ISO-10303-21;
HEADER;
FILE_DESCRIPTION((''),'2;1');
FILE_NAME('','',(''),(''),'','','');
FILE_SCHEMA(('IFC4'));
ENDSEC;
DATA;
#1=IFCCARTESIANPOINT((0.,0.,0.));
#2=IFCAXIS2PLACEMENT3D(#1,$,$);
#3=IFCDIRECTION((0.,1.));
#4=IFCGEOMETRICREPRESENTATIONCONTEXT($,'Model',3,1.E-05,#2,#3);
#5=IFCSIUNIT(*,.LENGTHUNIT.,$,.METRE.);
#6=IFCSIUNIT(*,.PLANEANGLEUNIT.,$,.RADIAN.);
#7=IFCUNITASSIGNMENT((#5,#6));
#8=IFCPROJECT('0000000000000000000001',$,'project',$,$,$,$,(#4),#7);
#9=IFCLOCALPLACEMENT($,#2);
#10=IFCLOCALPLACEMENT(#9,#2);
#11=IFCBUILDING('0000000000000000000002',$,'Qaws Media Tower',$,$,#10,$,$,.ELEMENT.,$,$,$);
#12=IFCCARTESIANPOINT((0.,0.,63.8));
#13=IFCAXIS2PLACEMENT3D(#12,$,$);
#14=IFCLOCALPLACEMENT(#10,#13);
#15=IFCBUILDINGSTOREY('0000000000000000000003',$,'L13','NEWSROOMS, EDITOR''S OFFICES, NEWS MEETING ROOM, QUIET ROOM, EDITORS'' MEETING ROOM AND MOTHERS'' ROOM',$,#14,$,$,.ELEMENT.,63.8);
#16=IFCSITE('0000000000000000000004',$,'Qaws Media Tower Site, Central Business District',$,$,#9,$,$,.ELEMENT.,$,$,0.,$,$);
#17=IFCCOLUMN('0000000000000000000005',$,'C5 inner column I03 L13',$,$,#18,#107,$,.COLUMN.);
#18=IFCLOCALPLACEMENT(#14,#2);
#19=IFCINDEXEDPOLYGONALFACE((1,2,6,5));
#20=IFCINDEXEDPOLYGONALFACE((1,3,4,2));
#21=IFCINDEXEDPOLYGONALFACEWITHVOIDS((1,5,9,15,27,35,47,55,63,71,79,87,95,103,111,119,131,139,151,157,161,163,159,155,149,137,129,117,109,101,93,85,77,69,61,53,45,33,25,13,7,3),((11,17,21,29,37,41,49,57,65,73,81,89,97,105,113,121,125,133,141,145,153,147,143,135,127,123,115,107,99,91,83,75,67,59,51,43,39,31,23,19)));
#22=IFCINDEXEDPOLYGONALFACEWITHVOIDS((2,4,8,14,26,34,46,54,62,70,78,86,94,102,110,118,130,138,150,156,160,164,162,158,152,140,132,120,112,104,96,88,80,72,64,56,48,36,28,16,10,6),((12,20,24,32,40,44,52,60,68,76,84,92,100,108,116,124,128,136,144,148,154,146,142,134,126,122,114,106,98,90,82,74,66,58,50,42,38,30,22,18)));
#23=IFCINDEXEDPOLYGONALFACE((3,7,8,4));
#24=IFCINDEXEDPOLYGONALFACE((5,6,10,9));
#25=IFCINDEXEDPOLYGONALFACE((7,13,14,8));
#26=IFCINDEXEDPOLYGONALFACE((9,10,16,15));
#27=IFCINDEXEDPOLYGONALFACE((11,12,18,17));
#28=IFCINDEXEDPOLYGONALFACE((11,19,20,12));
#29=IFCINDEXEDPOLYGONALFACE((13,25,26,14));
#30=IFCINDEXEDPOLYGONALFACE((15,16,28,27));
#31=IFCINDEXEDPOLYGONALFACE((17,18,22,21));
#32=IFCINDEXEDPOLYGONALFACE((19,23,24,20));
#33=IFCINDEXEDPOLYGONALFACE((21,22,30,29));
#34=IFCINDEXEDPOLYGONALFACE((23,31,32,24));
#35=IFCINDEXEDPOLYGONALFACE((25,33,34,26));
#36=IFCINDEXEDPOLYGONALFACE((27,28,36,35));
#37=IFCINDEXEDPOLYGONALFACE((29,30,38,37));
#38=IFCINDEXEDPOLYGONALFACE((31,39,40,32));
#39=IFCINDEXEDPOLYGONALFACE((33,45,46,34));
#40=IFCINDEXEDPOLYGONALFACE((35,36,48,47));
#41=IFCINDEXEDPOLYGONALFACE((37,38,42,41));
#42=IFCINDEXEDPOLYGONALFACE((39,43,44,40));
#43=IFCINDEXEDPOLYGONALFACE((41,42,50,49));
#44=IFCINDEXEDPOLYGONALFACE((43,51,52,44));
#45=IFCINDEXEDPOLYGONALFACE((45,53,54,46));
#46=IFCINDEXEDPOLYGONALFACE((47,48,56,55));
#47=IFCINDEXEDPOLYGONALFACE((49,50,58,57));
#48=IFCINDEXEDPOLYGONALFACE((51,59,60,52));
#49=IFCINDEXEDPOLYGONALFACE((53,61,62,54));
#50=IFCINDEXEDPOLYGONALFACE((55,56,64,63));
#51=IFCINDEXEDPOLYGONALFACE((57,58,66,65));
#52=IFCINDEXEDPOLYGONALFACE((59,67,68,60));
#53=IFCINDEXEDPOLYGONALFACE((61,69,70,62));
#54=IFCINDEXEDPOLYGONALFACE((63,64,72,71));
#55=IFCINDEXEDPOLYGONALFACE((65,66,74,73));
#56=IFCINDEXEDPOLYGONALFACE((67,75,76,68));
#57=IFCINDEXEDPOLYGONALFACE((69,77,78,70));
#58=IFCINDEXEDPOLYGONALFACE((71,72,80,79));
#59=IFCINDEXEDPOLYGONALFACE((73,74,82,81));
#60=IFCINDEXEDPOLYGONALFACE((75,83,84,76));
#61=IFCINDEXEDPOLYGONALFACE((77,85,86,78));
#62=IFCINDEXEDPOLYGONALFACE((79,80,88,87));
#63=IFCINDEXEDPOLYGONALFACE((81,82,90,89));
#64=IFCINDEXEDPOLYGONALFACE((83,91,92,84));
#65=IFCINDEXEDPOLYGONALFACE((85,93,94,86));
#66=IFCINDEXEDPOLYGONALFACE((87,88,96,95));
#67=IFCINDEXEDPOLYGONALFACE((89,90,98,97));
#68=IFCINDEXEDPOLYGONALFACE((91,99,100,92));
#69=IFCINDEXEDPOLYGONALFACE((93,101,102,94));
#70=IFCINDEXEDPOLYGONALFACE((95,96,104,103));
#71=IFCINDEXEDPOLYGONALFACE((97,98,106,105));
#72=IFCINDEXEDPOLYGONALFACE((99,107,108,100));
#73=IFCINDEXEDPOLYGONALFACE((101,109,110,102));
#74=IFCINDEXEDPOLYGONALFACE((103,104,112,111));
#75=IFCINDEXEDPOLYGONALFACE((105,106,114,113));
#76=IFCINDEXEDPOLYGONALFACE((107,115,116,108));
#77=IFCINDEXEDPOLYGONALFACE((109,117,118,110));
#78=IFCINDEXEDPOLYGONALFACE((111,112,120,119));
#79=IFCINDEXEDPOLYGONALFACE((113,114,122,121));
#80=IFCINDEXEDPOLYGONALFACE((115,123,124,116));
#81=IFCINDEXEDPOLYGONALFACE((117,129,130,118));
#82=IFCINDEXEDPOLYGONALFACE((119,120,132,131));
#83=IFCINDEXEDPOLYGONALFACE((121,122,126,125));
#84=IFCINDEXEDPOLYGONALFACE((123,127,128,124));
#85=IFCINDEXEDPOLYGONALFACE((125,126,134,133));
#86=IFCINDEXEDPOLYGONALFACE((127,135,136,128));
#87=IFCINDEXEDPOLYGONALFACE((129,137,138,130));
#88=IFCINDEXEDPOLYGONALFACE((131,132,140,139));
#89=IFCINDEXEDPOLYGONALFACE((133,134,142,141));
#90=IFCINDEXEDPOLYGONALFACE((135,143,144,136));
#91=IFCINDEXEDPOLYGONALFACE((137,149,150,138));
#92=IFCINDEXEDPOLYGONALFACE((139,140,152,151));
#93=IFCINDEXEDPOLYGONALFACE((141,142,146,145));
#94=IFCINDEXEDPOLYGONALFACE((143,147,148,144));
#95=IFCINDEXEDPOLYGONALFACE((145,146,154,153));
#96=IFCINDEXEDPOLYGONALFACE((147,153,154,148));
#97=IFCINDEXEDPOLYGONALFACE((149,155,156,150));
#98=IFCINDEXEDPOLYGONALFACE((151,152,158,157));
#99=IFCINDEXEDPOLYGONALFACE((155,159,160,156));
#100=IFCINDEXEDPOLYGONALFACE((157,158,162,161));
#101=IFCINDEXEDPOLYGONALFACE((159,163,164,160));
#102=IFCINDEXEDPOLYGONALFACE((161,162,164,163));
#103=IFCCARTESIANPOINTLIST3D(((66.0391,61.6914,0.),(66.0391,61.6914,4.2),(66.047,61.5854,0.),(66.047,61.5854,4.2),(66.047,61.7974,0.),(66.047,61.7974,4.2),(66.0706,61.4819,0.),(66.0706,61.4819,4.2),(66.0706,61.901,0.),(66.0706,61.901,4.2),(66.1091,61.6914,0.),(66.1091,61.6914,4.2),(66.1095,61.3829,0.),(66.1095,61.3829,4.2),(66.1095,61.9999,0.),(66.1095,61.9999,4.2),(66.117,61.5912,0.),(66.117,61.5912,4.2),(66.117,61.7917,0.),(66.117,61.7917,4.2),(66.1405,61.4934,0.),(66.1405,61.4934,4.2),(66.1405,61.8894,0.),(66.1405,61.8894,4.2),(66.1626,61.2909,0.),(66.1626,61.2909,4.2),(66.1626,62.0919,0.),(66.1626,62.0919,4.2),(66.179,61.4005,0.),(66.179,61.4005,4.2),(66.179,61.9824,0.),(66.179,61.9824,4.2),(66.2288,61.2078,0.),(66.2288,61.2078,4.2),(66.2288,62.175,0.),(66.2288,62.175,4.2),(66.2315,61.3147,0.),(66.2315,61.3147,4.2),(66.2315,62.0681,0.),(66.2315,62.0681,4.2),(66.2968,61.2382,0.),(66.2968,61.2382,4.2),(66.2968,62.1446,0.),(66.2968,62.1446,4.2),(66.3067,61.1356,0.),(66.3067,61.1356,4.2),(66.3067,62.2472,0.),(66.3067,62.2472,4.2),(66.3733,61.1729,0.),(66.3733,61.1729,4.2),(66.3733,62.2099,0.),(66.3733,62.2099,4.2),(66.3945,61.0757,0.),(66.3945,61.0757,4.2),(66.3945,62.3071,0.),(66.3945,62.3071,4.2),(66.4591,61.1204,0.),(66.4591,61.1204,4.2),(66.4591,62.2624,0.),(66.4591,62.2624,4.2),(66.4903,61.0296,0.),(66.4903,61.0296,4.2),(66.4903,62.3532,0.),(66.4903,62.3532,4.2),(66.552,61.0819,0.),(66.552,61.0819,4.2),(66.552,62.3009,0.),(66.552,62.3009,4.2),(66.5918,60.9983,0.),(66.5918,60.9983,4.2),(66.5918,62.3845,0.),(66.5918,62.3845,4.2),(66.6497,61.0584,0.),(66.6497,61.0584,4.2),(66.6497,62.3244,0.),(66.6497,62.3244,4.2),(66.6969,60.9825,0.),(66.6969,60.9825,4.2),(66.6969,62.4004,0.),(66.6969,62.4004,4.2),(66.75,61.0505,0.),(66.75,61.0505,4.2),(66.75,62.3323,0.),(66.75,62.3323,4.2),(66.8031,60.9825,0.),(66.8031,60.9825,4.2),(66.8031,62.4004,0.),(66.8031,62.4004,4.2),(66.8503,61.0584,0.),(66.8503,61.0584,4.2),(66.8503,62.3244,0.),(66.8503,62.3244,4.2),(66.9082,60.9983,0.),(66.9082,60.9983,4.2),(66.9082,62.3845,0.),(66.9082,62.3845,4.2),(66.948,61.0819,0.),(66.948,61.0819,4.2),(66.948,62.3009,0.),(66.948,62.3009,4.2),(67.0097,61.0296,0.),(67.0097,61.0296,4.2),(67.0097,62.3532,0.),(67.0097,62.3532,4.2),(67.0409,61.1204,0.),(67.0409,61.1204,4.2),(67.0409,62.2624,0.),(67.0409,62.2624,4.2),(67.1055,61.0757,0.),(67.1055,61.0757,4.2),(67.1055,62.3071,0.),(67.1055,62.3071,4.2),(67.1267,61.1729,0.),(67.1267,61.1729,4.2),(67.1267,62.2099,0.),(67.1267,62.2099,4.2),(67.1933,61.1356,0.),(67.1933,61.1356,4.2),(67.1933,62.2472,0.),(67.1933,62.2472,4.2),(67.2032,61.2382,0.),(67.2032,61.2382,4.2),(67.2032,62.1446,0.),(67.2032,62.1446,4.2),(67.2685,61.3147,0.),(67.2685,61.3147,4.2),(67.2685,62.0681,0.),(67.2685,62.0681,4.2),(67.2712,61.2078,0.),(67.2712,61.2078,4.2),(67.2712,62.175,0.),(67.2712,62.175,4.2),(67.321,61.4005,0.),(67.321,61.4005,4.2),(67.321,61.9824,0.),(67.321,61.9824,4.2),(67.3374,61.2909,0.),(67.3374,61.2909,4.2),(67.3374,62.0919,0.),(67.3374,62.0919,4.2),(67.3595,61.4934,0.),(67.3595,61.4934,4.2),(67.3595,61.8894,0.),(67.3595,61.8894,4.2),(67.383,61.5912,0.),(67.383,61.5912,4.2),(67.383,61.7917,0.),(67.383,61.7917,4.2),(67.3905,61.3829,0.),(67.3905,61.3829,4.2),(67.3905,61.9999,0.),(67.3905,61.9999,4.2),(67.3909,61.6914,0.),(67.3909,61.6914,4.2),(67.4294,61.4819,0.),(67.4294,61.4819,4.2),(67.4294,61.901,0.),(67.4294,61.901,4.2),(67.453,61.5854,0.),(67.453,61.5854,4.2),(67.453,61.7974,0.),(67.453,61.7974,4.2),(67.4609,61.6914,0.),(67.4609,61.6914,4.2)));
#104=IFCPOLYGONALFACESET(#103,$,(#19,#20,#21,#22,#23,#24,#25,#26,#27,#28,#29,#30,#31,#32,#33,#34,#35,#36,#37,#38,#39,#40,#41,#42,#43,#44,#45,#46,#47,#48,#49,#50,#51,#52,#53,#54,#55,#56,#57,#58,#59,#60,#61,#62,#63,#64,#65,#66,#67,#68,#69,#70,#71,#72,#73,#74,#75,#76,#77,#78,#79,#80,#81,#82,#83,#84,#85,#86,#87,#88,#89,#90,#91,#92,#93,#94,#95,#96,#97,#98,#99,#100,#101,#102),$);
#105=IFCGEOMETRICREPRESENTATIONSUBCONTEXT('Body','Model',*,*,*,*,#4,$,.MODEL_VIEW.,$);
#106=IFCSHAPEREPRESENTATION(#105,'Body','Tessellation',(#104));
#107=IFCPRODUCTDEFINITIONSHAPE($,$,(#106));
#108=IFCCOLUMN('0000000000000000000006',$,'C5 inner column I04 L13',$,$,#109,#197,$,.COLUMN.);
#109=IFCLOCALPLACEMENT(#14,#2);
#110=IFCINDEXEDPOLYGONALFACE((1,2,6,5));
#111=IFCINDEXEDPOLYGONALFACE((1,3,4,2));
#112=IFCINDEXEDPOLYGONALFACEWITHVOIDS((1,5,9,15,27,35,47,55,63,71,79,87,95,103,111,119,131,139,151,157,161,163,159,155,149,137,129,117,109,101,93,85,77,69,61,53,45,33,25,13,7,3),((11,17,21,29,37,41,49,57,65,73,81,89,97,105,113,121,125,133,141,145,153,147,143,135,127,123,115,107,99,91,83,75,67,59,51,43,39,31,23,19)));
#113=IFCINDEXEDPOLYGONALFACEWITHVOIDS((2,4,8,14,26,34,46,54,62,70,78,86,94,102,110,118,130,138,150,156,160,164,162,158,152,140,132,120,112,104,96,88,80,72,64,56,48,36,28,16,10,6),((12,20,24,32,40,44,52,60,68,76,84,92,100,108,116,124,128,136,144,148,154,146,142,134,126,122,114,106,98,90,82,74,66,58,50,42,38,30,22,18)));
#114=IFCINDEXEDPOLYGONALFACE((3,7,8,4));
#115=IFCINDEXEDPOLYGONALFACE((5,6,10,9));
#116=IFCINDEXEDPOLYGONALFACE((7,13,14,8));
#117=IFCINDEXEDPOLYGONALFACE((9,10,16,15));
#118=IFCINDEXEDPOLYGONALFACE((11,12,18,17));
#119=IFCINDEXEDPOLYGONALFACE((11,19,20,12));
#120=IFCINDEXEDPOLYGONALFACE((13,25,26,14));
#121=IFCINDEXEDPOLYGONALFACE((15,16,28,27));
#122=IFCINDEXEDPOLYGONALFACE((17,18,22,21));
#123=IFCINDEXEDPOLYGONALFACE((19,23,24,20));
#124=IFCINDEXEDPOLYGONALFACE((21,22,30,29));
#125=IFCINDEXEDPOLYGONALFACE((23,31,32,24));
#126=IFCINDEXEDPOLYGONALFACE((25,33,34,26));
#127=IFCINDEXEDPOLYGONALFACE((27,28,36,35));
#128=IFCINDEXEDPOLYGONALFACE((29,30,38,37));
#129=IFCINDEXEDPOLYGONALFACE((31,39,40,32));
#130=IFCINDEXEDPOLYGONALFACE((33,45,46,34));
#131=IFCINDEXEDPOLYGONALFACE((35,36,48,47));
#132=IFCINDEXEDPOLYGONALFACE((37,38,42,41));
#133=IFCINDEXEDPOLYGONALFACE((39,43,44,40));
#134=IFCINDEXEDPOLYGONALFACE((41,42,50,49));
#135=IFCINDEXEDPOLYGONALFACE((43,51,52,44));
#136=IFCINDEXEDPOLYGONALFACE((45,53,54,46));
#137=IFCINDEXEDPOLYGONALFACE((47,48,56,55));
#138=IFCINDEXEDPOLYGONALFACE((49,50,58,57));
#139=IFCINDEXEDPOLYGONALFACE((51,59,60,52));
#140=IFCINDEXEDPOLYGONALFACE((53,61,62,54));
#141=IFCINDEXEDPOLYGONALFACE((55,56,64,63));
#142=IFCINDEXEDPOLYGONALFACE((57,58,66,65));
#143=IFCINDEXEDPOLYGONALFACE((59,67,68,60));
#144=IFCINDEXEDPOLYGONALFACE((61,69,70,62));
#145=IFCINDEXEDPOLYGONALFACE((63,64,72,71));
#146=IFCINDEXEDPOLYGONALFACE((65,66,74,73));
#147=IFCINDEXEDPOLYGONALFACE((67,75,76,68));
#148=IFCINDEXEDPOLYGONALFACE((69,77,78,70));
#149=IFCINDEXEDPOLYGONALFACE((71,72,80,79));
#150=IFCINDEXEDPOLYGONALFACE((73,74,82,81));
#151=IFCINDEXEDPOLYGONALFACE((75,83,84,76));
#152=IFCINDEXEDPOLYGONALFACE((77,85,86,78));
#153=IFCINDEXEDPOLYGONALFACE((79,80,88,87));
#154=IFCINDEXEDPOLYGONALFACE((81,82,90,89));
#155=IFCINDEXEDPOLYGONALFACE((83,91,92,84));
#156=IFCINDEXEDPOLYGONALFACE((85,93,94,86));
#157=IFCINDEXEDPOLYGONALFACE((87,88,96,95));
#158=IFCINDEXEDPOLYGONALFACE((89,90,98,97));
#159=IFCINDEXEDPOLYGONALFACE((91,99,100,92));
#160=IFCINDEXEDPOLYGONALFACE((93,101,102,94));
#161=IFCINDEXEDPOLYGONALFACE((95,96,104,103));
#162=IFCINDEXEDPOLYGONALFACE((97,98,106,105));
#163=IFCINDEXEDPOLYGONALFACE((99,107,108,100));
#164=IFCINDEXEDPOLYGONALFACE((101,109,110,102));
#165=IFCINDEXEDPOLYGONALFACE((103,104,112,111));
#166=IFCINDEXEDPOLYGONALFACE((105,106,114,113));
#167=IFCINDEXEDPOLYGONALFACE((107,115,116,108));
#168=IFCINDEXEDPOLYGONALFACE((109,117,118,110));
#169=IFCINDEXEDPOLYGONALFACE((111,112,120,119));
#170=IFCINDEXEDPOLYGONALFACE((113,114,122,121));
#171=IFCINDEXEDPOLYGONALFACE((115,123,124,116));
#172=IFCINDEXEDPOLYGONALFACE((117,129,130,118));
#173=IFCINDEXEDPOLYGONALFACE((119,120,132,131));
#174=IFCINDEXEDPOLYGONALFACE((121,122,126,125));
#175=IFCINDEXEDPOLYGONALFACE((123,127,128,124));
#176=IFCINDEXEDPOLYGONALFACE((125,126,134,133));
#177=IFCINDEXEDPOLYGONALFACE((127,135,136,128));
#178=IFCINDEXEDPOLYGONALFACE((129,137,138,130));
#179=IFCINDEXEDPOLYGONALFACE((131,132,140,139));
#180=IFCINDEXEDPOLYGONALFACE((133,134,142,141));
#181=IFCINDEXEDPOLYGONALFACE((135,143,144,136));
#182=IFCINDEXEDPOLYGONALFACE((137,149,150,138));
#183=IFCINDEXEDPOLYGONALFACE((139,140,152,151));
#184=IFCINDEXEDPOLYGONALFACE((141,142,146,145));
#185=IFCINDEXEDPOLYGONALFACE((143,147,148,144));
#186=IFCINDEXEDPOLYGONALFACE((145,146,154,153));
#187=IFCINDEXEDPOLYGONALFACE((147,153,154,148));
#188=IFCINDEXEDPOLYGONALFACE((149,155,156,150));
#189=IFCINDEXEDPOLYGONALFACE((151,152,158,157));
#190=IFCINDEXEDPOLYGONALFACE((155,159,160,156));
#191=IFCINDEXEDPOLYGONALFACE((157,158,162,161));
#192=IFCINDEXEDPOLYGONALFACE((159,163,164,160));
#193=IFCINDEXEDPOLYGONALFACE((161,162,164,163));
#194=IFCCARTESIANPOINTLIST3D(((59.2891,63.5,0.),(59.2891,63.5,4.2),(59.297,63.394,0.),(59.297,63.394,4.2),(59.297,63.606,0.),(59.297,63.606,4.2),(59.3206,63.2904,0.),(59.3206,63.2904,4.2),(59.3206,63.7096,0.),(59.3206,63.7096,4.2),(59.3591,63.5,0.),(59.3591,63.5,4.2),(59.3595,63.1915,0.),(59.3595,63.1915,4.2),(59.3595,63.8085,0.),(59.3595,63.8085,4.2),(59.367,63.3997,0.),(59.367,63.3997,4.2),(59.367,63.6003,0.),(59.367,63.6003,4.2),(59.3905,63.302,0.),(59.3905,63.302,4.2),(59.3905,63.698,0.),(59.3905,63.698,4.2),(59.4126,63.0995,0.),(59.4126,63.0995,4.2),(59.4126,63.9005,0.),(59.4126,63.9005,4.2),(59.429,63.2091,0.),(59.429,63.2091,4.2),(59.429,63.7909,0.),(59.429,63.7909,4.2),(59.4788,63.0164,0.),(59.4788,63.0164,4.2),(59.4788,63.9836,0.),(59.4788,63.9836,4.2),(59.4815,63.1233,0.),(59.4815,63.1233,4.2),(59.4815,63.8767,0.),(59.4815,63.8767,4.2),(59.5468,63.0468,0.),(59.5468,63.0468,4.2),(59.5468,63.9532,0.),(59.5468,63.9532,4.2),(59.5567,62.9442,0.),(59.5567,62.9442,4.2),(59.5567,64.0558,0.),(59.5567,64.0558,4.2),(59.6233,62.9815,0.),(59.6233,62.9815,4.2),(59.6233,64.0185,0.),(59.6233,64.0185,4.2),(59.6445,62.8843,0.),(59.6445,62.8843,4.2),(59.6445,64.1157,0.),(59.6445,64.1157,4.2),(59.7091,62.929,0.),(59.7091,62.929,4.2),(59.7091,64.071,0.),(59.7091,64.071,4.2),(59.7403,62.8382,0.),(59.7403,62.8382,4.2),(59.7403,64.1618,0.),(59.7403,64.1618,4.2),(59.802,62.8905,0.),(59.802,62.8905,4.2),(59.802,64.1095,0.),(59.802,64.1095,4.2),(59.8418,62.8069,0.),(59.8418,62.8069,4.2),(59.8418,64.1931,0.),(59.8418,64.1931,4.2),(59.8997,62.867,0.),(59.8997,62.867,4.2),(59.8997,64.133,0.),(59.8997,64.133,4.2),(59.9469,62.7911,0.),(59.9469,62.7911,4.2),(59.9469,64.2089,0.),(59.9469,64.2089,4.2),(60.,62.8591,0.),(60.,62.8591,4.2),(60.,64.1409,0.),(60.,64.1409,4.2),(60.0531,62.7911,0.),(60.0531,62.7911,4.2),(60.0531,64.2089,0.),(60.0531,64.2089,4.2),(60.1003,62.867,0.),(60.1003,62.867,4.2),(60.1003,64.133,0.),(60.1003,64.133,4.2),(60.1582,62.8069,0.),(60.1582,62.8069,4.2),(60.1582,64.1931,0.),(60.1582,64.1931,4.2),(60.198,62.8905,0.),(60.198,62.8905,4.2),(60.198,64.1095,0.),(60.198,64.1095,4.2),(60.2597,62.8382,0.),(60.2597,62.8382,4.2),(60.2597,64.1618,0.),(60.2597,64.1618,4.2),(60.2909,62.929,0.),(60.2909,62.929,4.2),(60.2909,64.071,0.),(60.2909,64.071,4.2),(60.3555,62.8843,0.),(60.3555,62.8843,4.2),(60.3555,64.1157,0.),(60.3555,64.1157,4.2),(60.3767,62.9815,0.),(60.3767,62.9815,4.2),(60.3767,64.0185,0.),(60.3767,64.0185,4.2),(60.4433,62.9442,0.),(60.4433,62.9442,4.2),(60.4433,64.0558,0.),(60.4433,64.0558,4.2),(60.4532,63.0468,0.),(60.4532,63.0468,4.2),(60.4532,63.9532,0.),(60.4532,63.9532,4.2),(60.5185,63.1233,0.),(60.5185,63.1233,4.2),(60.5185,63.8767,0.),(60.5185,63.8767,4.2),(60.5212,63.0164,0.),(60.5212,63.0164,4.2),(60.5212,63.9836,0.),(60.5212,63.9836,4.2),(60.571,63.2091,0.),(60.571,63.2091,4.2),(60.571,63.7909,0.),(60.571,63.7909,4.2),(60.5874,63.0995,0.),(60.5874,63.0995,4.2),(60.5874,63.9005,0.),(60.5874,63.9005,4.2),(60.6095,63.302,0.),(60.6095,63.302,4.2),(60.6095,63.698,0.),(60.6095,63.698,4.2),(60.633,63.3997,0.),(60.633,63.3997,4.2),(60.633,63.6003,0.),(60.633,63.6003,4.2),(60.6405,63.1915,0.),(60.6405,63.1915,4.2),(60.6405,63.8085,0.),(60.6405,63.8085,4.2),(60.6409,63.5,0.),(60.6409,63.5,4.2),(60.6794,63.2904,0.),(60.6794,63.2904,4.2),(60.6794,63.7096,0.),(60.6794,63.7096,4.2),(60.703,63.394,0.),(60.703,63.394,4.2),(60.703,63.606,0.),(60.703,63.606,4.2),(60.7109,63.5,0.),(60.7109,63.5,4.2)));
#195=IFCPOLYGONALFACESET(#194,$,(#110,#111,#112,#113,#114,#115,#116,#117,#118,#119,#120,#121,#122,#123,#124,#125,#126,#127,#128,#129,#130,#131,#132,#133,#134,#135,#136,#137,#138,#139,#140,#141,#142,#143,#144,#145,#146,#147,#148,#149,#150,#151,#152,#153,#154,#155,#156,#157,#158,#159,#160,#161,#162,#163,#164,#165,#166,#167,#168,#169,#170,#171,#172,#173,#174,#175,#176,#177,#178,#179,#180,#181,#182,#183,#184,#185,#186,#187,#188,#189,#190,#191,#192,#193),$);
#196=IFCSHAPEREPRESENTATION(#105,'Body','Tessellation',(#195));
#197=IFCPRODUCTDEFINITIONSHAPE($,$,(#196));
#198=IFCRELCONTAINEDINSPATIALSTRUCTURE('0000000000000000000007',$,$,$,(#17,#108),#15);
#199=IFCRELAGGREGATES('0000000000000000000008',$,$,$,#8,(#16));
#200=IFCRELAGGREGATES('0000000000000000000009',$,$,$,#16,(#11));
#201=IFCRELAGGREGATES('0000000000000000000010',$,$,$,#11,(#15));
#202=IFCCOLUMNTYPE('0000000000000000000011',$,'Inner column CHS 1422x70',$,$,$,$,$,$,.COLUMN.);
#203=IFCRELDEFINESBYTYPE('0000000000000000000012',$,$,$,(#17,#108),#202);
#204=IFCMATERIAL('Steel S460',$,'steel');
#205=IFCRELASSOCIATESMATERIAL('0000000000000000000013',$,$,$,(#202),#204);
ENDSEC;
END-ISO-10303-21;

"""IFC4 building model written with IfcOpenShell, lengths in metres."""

from ifc_helpers import new_model, si_unit, direction, frame, origin, origin_2d, place, context, subcontext, project, spatial, hollow_circle, extrude, material, material_profile, profile_set, type_object, element, save


model = new_model("IFC4")

# Units and contexts
model_context = context("Model", 3, precision=1e-05, world=origin(), true_north=direction((0.0, 1.0)))
body_context = subcontext(model_context, "Body", "Model", "MODEL_VIEW")
ifc_project = project(units=[si_unit("LENGTHUNIT", "METRE"), si_unit("PLANEANGLEUNIT", "RADIAN")], contexts=[model_context])

# Site, building, storey
site_placement = place(None, origin())
site = spatial("IfcSite", under=ifc_project, at=site_placement, Name="Qaws Media Tower Site, Central Business District", CompositionType="ELEMENT", RefElevation=0.0)
building_placement = place(site_placement, origin())
building = spatial("IfcBuilding", under=site, at=building_placement, Name="Qaws Media Tower", CompositionType="ELEMENT")
storey_placement = place(building_placement, frame((0.0, 0.0, 63.8)))
storey = spatial("IfcBuildingStorey", under=building, at=storey_placement, Name="L13", Description="NEWSROOMS, EDITOR'S OFFICES, NEWS MEETING ROOM, QUIET ROOM, EDITORS' MEETING ROOM AND MOTHERS' ROOM", CompositionType="ELEMENT", Elevation=63.8)

# Columns
ifc_material_1 = material(Name="Steel S460", Category="steel")
ifc_material_profile_1 = material_profile(ifc_material_1, hollow_circle(Radius=0.7109, WallThickness=0.0701, at=origin_2d()), Name="CHS 1422x70")
ifc_profile_set_1 = profile_set([ifc_material_profile_1], Name="Steel S460")
column_type = type_object("IfcColumnType", Name="Inner column CHS 1422x70", PredefinedType="COLUMN", material=ifc_profile_set_1)
for number, where, z_axis, x_axis, name in (
    (1, (66.75, 61.6914, 0.0), (0.0, 0.0, 1.0), (1.0, 0.0, 0.0), "C5 inner column I03 L13"),
    (2, (60.0, 63.5, 0.0), (0.0, 0.0, 1.0), (1.0, 0.0, 0.0), "C5 inner column I04 L13"),
):
    element("IfcColumn", number, at=place(storey_placement, frame(where, z_axis=z_axis, x_axis=x_axis)), inside=storey, type_object=column_type, Name=name, PredefinedType="COLUMN", context=body_context, shape_type="SweptSolid", body=[
        extrude(hollow_circle(Radius=0.7109, WallThickness=0.0701, at=origin_2d()), origin(), (0.0, 0.0, 1.0), 4.2),
    ])

save(model, "model.ifc")
